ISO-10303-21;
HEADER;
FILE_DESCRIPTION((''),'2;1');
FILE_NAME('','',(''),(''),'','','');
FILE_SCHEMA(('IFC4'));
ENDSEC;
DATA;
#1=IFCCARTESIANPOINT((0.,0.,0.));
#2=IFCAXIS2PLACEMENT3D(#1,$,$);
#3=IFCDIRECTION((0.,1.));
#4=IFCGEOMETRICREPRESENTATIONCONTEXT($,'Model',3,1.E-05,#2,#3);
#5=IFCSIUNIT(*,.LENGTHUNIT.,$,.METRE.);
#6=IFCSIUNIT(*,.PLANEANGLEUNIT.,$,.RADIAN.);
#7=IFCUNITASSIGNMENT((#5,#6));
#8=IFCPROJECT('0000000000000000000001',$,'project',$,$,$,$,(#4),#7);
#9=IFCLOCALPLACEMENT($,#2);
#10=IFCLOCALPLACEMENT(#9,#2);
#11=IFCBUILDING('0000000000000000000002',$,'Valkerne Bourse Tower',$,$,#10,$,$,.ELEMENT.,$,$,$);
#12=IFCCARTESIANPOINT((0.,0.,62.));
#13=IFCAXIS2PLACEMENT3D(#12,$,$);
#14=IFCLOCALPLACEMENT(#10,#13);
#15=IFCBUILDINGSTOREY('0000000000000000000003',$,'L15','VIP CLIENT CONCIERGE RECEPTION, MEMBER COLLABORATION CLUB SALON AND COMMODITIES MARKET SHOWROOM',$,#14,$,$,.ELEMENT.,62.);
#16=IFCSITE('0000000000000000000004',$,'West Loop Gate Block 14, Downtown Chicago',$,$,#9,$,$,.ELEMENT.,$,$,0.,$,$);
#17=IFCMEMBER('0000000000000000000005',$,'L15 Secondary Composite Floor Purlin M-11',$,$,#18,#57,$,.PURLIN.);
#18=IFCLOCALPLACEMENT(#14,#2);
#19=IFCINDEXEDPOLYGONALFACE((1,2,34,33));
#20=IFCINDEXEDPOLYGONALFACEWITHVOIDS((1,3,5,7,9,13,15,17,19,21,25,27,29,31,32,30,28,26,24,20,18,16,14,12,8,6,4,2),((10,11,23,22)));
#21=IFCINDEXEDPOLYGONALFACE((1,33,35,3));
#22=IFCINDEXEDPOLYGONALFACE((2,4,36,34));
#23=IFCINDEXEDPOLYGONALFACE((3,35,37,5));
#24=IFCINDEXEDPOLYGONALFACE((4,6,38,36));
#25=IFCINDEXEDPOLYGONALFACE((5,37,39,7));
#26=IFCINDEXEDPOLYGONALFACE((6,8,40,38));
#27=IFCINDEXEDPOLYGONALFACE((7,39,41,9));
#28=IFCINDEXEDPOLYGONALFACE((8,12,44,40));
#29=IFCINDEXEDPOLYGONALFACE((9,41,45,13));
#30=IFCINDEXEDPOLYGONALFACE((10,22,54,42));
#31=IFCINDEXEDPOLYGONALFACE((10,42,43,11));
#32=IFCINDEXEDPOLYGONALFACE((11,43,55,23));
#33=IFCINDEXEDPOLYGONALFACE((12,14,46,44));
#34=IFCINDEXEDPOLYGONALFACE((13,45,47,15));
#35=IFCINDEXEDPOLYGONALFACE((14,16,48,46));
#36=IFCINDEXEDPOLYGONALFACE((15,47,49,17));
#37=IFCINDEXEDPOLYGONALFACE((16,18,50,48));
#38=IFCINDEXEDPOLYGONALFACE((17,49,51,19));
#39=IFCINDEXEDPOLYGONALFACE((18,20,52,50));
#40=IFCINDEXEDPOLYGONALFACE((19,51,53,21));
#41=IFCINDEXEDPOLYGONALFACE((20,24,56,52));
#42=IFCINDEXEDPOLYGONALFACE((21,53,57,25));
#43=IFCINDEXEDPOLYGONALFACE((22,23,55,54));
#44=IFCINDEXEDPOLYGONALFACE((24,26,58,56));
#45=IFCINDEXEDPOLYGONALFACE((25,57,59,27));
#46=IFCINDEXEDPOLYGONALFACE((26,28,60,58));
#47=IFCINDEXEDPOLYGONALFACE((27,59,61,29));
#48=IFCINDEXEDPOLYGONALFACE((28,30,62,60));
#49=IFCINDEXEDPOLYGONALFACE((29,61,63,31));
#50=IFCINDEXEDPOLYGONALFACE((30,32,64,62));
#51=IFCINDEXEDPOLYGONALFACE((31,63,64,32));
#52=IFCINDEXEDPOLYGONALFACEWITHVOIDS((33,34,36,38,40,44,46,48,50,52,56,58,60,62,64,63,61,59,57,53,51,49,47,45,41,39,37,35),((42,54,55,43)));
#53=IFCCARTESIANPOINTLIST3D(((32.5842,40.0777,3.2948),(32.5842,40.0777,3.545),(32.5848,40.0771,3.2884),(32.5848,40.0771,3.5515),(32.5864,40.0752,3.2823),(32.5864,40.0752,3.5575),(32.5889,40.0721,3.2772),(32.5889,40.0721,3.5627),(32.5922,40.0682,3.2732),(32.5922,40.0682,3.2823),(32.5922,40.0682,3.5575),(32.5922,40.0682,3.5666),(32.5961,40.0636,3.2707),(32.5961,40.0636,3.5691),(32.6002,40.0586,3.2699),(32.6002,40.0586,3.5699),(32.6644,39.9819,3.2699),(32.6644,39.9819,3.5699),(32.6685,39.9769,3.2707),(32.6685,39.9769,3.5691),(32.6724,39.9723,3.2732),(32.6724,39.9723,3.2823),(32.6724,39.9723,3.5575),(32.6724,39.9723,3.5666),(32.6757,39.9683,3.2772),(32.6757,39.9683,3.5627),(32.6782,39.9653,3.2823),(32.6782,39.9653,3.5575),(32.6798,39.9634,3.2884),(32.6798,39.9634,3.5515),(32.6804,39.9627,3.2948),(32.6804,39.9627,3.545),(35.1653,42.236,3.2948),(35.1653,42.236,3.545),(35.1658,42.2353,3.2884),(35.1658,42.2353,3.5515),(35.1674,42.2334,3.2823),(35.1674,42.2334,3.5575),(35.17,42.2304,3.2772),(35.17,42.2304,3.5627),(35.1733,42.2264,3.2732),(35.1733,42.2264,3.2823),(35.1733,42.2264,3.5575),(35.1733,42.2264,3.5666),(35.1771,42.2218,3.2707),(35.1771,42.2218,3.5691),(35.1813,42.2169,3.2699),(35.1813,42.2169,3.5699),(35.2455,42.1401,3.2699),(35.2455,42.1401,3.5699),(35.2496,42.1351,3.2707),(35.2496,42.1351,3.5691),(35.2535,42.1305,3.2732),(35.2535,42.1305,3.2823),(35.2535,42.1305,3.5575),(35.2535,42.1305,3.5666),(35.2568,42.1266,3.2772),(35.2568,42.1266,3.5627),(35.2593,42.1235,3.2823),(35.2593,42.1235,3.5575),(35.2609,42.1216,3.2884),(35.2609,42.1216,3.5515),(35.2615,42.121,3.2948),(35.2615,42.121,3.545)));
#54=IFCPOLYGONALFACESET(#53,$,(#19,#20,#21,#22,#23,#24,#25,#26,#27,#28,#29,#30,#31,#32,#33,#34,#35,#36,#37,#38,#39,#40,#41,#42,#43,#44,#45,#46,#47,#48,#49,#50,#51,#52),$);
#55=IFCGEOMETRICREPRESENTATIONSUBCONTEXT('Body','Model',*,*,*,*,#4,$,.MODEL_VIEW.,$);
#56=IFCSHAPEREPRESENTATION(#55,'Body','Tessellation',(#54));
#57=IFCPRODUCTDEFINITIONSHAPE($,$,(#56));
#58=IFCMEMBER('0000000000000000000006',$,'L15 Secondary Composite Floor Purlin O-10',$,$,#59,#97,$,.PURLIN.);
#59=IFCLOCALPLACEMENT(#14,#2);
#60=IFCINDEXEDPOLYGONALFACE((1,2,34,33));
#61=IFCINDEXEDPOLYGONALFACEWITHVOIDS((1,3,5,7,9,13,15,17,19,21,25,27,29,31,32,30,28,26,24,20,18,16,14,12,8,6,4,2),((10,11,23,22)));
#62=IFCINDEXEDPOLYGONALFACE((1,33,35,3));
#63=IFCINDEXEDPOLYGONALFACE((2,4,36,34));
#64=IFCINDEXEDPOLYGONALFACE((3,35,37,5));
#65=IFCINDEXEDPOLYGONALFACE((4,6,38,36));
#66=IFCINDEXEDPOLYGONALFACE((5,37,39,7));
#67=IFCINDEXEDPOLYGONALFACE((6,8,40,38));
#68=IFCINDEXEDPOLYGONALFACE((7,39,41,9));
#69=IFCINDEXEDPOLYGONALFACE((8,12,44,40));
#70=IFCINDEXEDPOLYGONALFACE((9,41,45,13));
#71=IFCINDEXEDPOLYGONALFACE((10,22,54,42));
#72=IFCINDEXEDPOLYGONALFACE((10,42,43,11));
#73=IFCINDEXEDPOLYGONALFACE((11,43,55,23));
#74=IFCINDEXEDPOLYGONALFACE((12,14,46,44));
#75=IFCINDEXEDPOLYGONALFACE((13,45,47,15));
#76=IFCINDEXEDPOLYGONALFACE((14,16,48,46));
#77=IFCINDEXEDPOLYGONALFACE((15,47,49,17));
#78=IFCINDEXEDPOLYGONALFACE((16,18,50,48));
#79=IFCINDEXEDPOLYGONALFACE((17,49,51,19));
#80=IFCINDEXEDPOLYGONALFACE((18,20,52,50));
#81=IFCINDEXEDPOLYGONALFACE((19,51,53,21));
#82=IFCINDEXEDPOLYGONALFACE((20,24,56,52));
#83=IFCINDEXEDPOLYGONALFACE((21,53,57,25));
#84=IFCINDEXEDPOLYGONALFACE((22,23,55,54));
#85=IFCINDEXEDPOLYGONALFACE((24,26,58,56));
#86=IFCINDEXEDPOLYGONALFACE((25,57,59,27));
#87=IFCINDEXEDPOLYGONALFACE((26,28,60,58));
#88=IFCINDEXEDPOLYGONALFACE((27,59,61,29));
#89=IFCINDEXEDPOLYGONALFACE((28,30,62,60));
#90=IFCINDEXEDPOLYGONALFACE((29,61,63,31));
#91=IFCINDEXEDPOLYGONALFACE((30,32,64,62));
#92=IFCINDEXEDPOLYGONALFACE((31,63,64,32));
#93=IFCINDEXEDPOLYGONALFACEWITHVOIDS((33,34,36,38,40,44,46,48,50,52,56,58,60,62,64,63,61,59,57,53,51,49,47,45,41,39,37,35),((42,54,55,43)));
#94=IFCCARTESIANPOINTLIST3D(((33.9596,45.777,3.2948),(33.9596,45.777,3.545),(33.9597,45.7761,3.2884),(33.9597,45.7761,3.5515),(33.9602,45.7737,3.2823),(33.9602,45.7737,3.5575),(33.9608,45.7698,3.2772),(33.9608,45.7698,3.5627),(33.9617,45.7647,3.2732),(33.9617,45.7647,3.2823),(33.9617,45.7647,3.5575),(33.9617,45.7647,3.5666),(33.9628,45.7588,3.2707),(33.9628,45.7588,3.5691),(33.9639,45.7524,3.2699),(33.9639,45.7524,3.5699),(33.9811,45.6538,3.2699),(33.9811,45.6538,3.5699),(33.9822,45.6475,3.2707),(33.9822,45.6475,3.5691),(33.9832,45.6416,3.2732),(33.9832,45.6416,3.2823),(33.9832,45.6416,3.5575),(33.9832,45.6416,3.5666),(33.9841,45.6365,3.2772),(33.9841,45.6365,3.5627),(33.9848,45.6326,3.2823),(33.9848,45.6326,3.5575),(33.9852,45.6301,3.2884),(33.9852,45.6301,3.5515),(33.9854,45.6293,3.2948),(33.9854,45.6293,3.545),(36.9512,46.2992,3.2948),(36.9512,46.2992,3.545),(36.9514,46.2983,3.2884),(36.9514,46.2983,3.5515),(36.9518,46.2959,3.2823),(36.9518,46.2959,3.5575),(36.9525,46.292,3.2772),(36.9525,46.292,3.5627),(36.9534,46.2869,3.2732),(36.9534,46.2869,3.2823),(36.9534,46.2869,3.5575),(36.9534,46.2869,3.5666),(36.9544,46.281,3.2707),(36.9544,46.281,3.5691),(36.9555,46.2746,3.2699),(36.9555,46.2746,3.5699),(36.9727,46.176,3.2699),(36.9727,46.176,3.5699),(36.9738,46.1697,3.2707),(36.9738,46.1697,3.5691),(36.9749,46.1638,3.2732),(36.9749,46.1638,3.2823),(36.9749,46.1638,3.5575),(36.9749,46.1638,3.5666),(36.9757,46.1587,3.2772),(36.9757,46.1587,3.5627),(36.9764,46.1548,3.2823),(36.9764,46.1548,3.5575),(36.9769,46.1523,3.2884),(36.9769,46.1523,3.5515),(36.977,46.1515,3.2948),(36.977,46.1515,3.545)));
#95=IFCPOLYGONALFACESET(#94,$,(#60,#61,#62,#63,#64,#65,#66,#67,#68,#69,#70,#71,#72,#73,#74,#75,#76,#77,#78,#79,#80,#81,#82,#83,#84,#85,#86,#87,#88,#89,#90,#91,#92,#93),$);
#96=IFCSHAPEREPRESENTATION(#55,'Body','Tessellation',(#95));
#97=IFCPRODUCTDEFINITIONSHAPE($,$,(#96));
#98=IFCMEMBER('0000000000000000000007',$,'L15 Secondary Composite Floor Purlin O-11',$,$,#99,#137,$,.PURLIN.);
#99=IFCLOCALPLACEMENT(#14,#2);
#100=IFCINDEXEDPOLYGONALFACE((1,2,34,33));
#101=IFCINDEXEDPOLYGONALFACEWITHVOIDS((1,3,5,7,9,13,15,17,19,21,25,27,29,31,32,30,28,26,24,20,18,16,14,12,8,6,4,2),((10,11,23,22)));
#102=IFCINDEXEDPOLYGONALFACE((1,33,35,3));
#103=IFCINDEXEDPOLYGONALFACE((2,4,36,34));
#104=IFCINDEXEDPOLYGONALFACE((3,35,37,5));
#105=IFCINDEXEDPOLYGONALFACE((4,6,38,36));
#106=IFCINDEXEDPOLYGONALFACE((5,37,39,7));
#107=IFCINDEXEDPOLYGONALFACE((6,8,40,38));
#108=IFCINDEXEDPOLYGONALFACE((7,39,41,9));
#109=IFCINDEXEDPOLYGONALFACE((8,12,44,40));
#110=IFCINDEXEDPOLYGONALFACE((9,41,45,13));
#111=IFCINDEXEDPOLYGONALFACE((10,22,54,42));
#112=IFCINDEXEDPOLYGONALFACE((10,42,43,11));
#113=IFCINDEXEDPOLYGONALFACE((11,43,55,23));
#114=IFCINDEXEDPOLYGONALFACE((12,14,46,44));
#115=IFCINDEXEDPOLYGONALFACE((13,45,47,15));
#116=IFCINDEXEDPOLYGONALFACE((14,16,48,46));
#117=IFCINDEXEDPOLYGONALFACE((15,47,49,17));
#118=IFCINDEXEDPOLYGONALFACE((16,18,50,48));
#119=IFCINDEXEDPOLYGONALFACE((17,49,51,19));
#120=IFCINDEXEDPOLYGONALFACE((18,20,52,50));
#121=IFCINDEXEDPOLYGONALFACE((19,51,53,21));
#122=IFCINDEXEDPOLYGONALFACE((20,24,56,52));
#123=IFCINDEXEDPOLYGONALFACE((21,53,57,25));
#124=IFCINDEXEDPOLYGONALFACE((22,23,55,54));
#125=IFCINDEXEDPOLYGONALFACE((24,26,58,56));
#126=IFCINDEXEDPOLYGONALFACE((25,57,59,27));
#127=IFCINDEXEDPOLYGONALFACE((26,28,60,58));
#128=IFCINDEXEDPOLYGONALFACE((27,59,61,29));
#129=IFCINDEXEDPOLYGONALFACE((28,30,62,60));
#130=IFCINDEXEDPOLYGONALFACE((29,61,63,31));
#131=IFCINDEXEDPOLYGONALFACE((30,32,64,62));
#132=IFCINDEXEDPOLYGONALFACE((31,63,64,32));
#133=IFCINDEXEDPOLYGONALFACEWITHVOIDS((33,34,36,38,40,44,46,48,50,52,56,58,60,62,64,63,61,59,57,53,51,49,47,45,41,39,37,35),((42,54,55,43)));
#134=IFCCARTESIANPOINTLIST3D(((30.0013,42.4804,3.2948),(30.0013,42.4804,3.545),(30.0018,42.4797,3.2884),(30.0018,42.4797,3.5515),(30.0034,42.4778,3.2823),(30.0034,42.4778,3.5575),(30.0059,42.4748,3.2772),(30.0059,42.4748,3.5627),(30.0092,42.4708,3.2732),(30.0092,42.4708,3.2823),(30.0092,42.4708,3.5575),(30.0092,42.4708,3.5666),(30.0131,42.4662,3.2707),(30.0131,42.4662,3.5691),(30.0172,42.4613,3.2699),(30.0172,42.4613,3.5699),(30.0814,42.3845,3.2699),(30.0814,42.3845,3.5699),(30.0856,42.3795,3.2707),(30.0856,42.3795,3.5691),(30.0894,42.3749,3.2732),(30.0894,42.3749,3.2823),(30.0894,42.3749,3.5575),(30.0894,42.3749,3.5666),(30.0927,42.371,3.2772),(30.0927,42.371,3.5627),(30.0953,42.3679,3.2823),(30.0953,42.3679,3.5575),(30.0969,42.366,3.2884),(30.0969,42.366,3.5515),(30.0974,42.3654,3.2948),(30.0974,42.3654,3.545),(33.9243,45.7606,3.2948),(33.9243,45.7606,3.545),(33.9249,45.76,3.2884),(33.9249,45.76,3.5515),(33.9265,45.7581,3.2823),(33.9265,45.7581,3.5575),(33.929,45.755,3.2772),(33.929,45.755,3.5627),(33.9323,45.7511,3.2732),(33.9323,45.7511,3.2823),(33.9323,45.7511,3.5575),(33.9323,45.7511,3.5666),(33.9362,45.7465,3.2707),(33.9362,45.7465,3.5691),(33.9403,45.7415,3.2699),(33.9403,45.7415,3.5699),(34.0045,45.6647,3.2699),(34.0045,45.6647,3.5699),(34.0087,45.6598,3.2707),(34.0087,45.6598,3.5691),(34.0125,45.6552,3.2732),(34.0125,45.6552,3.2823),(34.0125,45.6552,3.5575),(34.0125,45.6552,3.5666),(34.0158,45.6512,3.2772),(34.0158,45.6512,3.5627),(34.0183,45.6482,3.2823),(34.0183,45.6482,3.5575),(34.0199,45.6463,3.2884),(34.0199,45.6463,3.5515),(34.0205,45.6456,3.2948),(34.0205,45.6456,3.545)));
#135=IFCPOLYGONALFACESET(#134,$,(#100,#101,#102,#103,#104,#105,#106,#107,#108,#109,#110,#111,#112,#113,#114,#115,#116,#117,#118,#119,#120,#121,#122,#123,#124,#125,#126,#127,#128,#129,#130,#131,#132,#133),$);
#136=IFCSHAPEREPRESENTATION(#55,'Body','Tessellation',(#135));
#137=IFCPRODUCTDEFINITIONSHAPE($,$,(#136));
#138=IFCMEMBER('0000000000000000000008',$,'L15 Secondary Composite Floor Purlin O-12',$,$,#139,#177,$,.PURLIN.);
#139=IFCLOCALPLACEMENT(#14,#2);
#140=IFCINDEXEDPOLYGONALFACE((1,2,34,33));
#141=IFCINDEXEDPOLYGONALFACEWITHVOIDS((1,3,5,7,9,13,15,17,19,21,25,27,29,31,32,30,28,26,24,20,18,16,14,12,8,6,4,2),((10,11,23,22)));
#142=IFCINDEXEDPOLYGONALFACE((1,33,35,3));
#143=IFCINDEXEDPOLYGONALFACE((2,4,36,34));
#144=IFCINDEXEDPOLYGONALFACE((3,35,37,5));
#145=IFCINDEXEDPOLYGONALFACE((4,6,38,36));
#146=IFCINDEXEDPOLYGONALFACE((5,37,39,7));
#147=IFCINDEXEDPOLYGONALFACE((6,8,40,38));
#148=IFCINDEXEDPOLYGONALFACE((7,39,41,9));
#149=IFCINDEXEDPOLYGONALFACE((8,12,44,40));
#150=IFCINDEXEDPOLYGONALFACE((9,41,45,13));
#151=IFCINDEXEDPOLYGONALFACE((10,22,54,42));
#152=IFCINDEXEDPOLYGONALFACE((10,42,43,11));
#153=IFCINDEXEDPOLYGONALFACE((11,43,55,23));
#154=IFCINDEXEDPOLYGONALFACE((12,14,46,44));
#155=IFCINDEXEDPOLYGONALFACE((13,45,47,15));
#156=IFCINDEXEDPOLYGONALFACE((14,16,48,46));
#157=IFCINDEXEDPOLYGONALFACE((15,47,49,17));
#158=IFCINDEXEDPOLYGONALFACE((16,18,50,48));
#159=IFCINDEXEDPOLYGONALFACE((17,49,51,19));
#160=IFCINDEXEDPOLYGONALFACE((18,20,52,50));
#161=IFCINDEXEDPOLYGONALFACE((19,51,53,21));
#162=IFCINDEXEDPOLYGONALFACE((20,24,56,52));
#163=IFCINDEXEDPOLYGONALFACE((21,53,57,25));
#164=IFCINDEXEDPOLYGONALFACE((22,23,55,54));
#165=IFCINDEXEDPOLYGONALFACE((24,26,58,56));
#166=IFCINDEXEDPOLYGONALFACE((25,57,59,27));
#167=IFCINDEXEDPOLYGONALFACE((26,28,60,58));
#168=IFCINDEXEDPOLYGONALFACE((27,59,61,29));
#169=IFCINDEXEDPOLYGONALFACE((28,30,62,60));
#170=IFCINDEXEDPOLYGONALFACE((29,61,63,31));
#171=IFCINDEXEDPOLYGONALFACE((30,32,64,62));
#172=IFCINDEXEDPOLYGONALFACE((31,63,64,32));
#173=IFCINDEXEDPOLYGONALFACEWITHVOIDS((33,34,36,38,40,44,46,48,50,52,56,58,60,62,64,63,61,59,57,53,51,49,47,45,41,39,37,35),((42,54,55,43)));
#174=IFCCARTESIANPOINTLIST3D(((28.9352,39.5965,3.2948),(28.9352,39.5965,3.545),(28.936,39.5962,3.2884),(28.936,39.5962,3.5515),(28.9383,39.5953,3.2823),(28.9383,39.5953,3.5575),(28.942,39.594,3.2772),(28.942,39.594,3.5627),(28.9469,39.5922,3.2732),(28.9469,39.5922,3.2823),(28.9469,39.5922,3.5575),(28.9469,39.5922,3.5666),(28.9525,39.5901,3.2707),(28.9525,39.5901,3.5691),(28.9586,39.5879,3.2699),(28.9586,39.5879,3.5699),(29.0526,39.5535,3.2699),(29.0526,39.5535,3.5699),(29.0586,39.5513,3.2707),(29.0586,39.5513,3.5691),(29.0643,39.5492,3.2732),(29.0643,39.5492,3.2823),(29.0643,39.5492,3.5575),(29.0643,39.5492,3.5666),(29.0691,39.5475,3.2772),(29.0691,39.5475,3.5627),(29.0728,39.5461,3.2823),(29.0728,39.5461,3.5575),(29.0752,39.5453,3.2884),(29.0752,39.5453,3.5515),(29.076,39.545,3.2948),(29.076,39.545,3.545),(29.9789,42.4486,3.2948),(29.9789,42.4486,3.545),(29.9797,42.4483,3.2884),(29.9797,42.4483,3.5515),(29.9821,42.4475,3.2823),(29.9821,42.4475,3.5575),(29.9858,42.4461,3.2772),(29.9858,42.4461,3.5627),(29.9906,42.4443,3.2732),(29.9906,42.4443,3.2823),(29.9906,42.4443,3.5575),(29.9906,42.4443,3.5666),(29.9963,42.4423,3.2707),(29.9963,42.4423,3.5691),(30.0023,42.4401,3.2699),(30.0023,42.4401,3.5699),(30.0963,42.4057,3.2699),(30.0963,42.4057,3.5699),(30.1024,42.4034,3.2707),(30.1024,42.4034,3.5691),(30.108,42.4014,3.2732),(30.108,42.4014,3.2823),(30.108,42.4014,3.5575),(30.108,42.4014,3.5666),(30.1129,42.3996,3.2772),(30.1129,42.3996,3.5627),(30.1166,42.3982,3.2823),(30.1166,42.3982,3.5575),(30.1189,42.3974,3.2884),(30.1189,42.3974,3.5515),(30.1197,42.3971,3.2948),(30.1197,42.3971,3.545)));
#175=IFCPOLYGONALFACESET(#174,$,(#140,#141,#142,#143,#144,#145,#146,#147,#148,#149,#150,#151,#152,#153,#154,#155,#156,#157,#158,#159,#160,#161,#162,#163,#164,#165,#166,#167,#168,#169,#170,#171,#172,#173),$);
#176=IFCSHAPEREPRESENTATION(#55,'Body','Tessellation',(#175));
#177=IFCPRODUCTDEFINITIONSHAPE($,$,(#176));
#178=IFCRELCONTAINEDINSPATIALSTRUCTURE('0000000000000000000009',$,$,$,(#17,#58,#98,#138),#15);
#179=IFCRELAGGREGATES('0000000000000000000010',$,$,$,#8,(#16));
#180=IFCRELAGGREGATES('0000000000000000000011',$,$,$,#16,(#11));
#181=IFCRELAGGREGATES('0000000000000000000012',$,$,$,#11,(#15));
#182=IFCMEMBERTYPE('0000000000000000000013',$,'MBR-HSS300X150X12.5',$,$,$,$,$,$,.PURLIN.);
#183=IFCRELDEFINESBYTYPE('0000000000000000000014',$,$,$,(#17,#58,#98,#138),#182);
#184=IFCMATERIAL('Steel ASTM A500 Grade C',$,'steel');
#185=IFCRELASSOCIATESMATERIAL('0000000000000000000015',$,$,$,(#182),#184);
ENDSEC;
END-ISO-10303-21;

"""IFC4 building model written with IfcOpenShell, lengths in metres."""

from ifc_helpers import new_model, si_unit, direction, frame, origin, origin_2d, place, context, subcontext, project, spatial, hollow_rectangle, extrude, material, material_profile, profile_set, type_object, element, save


model = new_model("IFC4")

# Units and contexts
model_context = context("Model", 3, precision=1e-05, world=origin(), true_north=direction((0.0, 1.0)))
body_context = subcontext(model_context, "Body", "Model", "MODEL_VIEW")
ifc_project = project(units=[si_unit("LENGTHUNIT", "METRE"), si_unit("PLANEANGLEUNIT", "RADIAN")], contexts=[model_context])

# Site, building, storey
site_placement = place(None, origin())
site = spatial("IfcSite", under=ifc_project, at=site_placement, Name="West Loop Gate Block 14, Downtown Chicago", CompositionType="ELEMENT", RefElevation=0.0)
building_placement = place(site_placement, origin())
building = spatial("IfcBuilding", under=site, at=building_placement, Name="Valkerne Bourse Tower", CompositionType="ELEMENT")
storey_placement = place(building_placement, frame((0.0, 0.0, 62.0)))
storey = spatial("IfcBuildingStorey", under=building, at=storey_placement, Name="L15", Description="VIP CLIENT CONCIERGE RECEPTION, MEMBER COLLABORATION CLUB SALON AND COMMODITIES MARKET SHOWROOM", CompositionType="ELEMENT", Elevation=62.0)

# Members
ifc_material_1 = material(Name="Steel ASTM A500 Grade C", Category="steel")
ifc_material_profile_1 = material_profile(ifc_material_1, hollow_rectangle(XDim=0.1499, YDim=0.3, WallThickness=0.0125, OuterFilletRadius=0.0249, at=origin_2d()), Name="HSS300X150X12.5")
ifc_profile_set_1 = profile_set([ifc_material_profile_1], Name="Steel ASTM A500 Grade C")
member_type_1 = type_object("IfcMemberType", Name="MBR-HSS300X150X12.5", PredefinedType="PURLIN", material=ifc_profile_set_1)
member_1_placement = place(storey_placement, frame((35.2134, 42.1785, 3.4199), z_axis=(-0.76715, -0.641468, 0.0), x_axis=(0.641468, -0.76715, 0.0)))
element("IfcMember", 1, at=member_1_placement, inside=storey, type_object=member_type_1, Name="L15 Secondary Composite Floor Purlin M-11", PredefinedType="PURLIN", context=body_context, shape_type="SweptSolid", body=[
    extrude(hollow_rectangle(XDim=0.1499, YDim=0.3, WallThickness=0.0125, OuterFilletRadius=0.0249, at=origin_2d()), origin(), (0.0, 0.0, 1.0), 3.3645),
])
member_2_placement = place(storey_placement, frame((36.9641, 46.2253, 3.4199), z_axis=(-0.985105, -0.171955, 0.0), x_axis=(0.171955, -0.985105, 0.0)))
element("IfcMember", 2, at=member_2_placement, inside=storey, type_object=member_type_1, Name="L15 Secondary Composite Floor Purlin O-10", PredefinedType="PURLIN", context=body_context, shape_type="SweptSolid", body=[
    extrude(hollow_rectangle(XDim=0.1499, YDim=0.3, WallThickness=0.0125, OuterFilletRadius=0.0249, at=origin_2d()), origin(), (0.0, 0.0, 1.0), 3.0369),
])
member_3_placement = place(storey_placement, frame((33.9724, 45.7031, 3.4199), z_axis=(-0.76716, -0.641456, 0.0), x_axis=(0.641456, -0.76716, 0.0)))
element("IfcMember", 3, at=member_3_placement, inside=storey, type_object=member_type_1, Name="L15 Secondary Composite Floor Purlin O-11", PredefinedType="PURLIN", context=body_context, shape_type="SweptSolid", body=[
    extrude(hollow_rectangle(XDim=0.1499, YDim=0.3, WallThickness=0.0125, OuterFilletRadius=0.0249, at=origin_2d()), origin(), (0.0, 0.0, 1.0), 5.1138),
])
member_4_placement = place(storey_placement, frame((30.0493, 42.4229, 3.4199), z_axis=(-0.343659, -0.939094, 0.0), x_axis=(0.939094, -0.343659, 0.0)))
element("IfcMember", 4, at=member_4_placement, inside=storey, type_object=member_type_1, Name="L15 Secondary Composite Floor Purlin O-12", PredefinedType="PURLIN", context=body_context, shape_type="SweptSolid", body=[
    extrude(hollow_rectangle(XDim=0.1499, YDim=0.3, WallThickness=0.0125, OuterFilletRadius=0.0249, at=origin_2d()), origin(), (0.0, 0.0, 1.0), 3.0371),
])

save(model, "model.ifc")
